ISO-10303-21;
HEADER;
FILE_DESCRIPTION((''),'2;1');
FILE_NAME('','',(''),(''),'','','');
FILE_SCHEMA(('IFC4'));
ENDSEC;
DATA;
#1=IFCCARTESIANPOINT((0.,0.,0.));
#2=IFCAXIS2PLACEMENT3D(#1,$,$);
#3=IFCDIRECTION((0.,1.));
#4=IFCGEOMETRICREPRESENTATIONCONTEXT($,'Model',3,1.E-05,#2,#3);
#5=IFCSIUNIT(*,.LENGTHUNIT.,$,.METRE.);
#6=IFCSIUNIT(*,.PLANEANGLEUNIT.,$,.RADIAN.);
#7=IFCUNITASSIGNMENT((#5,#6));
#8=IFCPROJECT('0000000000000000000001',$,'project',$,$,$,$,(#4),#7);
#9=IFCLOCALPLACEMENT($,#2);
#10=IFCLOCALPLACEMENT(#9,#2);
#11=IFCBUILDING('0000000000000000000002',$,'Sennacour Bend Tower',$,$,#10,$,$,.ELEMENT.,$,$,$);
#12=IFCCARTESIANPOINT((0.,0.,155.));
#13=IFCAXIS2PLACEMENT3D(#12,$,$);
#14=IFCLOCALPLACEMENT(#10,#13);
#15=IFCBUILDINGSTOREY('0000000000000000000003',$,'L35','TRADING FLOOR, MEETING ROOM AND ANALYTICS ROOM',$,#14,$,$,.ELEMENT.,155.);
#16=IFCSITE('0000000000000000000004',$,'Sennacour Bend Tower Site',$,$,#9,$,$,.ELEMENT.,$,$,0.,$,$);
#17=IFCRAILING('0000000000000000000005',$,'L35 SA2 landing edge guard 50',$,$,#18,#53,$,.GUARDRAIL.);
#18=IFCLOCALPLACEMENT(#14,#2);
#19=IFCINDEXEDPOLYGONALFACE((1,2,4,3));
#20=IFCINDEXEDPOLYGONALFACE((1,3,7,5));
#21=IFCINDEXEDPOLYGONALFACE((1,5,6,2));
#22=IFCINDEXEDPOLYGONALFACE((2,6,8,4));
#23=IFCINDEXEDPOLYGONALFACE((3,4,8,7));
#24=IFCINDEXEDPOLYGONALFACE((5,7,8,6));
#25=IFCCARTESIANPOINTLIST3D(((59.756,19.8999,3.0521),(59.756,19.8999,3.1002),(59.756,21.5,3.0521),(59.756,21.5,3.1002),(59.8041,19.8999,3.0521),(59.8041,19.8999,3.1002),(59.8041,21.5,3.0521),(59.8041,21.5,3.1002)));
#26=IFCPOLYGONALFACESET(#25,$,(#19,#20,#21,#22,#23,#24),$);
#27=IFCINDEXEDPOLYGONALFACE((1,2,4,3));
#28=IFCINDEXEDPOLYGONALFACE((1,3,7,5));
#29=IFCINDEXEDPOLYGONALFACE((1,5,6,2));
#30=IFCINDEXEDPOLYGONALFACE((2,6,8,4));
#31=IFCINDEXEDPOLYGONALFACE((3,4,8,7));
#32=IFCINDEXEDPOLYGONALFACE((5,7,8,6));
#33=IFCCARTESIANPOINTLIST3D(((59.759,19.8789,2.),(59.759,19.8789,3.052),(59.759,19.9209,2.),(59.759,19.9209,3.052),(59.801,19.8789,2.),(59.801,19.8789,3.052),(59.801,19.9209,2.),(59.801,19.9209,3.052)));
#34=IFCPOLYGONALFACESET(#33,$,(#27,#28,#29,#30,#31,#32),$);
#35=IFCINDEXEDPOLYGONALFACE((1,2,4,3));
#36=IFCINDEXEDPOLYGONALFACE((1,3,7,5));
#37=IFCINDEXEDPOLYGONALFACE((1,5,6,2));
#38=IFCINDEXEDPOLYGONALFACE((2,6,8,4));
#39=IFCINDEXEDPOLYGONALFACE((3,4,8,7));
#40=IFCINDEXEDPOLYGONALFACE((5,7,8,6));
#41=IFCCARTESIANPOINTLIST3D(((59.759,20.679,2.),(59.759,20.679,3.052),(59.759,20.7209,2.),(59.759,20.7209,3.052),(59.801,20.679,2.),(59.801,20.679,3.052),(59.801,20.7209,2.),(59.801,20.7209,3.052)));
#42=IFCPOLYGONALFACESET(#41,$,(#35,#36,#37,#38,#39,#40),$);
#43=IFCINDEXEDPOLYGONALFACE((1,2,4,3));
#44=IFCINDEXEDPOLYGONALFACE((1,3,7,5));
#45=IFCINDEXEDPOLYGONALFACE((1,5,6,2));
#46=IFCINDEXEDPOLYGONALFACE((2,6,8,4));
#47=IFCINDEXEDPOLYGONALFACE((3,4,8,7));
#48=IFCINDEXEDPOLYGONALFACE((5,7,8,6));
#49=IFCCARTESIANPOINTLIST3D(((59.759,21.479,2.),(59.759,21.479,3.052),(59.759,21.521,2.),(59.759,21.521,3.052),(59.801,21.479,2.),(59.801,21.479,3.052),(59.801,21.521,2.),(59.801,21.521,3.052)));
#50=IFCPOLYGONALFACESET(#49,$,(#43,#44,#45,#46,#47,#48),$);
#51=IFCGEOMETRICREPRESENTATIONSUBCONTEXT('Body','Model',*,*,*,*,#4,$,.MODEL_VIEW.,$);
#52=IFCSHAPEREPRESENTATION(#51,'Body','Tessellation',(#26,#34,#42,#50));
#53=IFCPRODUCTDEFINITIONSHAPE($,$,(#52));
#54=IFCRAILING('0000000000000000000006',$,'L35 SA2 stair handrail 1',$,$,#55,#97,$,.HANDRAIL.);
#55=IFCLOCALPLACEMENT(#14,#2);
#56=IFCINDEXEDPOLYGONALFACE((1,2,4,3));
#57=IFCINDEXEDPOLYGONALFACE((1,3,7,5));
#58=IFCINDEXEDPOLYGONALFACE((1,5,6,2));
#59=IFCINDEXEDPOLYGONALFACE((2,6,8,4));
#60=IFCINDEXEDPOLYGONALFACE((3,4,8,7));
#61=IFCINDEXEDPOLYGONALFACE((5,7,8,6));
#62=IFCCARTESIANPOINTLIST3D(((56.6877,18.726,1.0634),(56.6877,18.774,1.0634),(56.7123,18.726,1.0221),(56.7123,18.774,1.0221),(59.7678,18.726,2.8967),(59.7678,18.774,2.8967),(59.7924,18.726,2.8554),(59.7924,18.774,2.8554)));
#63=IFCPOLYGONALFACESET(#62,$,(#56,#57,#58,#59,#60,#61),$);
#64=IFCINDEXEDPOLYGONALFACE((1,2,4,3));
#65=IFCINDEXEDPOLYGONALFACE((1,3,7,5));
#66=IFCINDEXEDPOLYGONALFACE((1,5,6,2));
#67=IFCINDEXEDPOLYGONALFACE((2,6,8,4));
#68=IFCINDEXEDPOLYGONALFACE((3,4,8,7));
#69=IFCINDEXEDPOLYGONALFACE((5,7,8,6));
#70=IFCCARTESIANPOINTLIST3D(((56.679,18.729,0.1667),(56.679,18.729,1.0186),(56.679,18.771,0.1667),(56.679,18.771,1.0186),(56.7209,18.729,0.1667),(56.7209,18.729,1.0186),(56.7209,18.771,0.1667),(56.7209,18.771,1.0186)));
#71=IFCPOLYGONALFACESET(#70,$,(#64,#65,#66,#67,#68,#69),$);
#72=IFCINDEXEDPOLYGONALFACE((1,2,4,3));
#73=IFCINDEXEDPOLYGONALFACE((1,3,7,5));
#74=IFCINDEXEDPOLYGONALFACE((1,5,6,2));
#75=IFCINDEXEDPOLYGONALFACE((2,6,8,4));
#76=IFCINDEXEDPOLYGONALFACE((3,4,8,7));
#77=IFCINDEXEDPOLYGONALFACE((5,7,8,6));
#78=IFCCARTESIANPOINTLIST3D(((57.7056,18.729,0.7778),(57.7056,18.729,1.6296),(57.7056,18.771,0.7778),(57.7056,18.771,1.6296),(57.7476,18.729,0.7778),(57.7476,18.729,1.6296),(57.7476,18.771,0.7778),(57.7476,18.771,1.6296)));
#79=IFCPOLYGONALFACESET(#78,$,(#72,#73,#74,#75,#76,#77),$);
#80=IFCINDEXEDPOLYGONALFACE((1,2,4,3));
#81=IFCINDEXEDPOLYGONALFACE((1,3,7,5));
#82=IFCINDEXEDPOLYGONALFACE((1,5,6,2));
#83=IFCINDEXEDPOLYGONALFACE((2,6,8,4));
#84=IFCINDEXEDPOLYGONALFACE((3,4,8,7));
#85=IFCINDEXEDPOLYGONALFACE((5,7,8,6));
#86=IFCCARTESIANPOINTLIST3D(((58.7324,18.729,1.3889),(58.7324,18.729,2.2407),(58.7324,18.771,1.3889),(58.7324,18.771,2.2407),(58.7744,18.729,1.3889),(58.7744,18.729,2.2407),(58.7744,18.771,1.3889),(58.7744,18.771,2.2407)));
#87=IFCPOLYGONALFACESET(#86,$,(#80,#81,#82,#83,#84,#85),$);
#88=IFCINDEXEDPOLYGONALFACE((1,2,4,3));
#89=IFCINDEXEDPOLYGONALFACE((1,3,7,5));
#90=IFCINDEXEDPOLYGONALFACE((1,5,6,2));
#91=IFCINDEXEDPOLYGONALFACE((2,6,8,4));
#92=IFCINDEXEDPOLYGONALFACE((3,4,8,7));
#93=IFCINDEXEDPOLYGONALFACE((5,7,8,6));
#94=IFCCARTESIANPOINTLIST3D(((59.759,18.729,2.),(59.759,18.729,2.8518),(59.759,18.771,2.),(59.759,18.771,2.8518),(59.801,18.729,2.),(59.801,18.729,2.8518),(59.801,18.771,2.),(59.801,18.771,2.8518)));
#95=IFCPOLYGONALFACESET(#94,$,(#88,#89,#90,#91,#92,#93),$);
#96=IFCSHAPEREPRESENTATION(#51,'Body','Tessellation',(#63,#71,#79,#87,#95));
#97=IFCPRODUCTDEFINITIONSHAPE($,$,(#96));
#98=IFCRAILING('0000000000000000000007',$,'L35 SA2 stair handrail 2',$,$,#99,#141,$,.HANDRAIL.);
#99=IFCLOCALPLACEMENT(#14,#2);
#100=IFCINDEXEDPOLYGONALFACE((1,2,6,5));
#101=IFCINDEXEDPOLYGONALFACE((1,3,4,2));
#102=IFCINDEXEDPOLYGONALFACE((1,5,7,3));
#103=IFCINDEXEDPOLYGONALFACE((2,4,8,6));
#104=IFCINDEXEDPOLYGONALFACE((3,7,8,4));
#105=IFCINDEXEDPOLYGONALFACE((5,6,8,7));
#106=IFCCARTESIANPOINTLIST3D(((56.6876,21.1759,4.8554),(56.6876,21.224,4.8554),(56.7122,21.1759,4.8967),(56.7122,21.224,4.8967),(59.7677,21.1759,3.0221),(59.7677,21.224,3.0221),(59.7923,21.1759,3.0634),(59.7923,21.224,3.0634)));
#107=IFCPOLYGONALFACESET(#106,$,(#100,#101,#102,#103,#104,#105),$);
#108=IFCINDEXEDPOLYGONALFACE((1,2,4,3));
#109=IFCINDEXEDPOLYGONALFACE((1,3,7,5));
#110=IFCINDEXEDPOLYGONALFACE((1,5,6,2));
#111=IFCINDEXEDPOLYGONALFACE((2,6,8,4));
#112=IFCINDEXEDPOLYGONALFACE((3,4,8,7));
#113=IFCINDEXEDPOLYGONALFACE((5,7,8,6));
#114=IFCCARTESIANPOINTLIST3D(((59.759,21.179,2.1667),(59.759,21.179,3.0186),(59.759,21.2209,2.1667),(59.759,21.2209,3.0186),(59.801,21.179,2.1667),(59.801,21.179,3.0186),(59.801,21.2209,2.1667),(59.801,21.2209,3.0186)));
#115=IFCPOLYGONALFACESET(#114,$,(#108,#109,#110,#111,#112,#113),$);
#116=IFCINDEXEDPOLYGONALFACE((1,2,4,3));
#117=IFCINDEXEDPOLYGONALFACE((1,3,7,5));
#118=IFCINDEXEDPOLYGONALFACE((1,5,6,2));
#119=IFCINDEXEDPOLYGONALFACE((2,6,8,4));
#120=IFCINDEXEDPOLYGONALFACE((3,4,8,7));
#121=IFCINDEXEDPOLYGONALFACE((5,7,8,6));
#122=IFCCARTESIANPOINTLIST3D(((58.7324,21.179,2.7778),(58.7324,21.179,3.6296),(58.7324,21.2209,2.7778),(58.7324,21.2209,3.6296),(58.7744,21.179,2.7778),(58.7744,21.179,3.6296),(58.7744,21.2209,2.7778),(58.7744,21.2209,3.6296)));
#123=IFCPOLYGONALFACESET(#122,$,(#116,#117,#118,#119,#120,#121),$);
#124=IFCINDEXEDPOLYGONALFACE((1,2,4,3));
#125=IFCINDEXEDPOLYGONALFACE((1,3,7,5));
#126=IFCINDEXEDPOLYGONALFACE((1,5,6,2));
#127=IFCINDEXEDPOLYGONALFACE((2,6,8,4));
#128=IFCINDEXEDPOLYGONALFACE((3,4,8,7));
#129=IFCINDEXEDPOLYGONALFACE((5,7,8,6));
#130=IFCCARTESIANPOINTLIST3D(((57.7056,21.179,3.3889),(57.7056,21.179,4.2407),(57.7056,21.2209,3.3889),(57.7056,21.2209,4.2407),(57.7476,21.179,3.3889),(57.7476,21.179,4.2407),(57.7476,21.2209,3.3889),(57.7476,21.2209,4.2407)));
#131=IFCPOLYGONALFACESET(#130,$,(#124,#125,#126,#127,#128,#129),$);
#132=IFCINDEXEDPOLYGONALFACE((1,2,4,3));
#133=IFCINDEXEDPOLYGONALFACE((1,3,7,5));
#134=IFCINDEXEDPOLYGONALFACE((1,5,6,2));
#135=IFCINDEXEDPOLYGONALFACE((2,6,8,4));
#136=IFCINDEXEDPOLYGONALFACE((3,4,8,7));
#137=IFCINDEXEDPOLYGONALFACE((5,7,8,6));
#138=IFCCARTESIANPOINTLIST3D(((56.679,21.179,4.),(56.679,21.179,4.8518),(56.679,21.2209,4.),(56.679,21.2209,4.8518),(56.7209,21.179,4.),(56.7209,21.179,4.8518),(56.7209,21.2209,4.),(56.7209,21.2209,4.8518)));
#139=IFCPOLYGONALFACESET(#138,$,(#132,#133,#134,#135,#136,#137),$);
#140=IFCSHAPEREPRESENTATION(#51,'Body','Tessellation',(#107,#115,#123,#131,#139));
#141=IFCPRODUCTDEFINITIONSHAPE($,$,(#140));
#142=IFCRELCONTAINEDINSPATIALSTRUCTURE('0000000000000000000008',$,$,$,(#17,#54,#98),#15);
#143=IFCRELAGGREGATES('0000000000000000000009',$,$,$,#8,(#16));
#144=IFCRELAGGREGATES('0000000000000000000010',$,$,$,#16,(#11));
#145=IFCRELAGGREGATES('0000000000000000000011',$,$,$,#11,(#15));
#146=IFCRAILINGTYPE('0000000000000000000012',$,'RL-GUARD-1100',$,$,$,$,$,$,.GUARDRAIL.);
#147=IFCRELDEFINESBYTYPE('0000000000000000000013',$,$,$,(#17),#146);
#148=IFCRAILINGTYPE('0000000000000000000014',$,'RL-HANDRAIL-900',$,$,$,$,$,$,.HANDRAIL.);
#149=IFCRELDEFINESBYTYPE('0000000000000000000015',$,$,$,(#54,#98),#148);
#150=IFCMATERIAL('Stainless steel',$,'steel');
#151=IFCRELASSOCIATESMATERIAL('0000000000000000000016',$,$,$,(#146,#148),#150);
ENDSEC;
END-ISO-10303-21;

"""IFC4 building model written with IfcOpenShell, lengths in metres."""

from ifc_helpers import new_model, si_unit, direction, frame, origin, origin_2d, place, context, subcontext, project, spatial, rectangle, extrude, material, type_object, element, save


model = new_model("IFC4")

# Units and contexts
model_context = context("Model", 3, precision=1e-05, world=origin(), true_north=direction((0.0, 1.0)))
body_context = subcontext(model_context, "Body", "Model", "MODEL_VIEW")
ifc_project = project(units=[si_unit("LENGTHUNIT", "METRE"), si_unit("PLANEANGLEUNIT", "RADIAN")], contexts=[model_context])

# Site, building, storey
site_placement = place(None, origin())
site = spatial("IfcSite", under=ifc_project, at=site_placement, Name="Sennacour Bend Tower Site", CompositionType="ELEMENT", RefElevation=0.0)
building_placement = place(site_placement, origin())
building = spatial("IfcBuilding", under=site, at=building_placement, Name="Sennacour Bend Tower", CompositionType="ELEMENT")
storey_placement = place(building_placement, frame((0.0, 0.0, 155.0)))
storey = spatial("IfcBuildingStorey", under=building, at=storey_placement, Name="L35", Description="TRADING FLOOR, MEETING ROOM AND ANALYTICS ROOM", CompositionType="ELEMENT", Elevation=155.0)

# Shared definitions
ifc_material_1 = material(Name="Stainless steel", Category="steel")

# Railings
railing_type_1 = type_object("IfcRailingType", Name="RL-GUARD-1100", PredefinedType="GUARDRAIL", material=ifc_material_1)
railing_1_placement = place(storey_placement, frame((59.78, 19.8999, 2.0)))
element("IfcRailing", 1, at=railing_1_placement, inside=storey, type_object=railing_type_1, Name="L35 SA2 landing edge guard 50", PredefinedType="GUARDRAIL", context=body_context, shape_type="SweptSolid", body=[
    extrude(rectangle(XDim=0.0481, YDim=0.0481, at=origin_2d()), frame((0.0, 0.0, 1.0762), z_axis=(0.0, 1.0, 0.0), x_axis=(-1.0, 0.0, 0.0)), (0.0, 0.0, 1.0), 1.6001),
    extrude(rectangle(XDim=0.042, YDim=0.042, at=origin_2d()), origin(), (0.0, 0.0, 1.0), 1.052),
    extrude(rectangle(XDim=0.042, YDim=0.042, at=origin_2d()), frame((0.0, 0.8, 0.0)), (0.0, 0.0, 1.0), 1.052),
    extrude(rectangle(XDim=0.042, YDim=0.042, at=origin_2d()), frame((0.0, 1.6001, 0.0)), (0.0, 0.0, 1.0), 1.052),
])
railing_type_2 = type_object("IfcRailingType", Name="RL-HANDRAIL-900", PredefinedType="HANDRAIL", material=ifc_material_1)
railing_2_placement = place(storey_placement, frame((56.7, 18.75, 0.1667)))
element("IfcRailing", 2, at=railing_2_placement, inside=storey, type_object=railing_type_2, Name="L35 SA2 stair handrail 1", PredefinedType="HANDRAIL", context=body_context, shape_type="SweptSolid", body=[
    extrude(rectangle(XDim=0.0481, YDim=0.0481, at=origin_2d()), frame((0.0, 0.0, 0.876), z_axis=(0.859309, 0.0, 0.511458), x_axis=(0.0, 1.0, 0.0)), (0.0, 0.0, 1.0), 3.5845),
    extrude(rectangle(XDim=0.042, YDim=0.042, at=origin_2d()), origin(), (0.0, 0.0, 1.0), 0.8518),
    extrude(rectangle(XDim=0.042, YDim=0.042, at=origin_2d()), frame((1.0266, 0.0, 0.6111)), (0.0, 0.0, 1.0), 0.8518),
    extrude(rectangle(XDim=0.042, YDim=0.042, at=origin_2d()), frame((2.0535, 0.0, 1.2222)), (0.0, 0.0, 1.0), 0.8518),
    extrude(rectangle(XDim=0.042, YDim=0.042, at=origin_2d()), frame((3.0801, 0.0, 1.8333)), (0.0, 0.0, 1.0), 0.8518),
])
railing_3_placement = place(storey_placement, frame((59.78, 21.2, 2.1667)))
element("IfcRailing", 3, at=railing_3_placement, inside=storey, type_object=railing_type_2, Name="L35 SA2 stair handrail 2", PredefinedType="HANDRAIL", context=body_context, shape_type="SweptSolid", body=[
    extrude(rectangle(XDim=0.0481, YDim=0.0481, at=origin_2d()), frame((0.0, 0.0, 0.876), z_axis=(-0.859309, 0.0, 0.511458), x_axis=(0.0, -1.0, 0.0)), (0.0, 0.0, 1.0), 3.5845),
    extrude(rectangle(XDim=0.042, YDim=0.042, at=origin_2d()), origin(), (0.0, 0.0, 1.0), 0.8518),
    extrude(rectangle(XDim=0.042, YDim=0.042, at=origin_2d()), frame((-1.0266, 0.0, 0.6111)), (0.0, 0.0, 1.0), 0.8518),
    extrude(rectangle(XDim=0.042, YDim=0.042, at=origin_2d()), frame((-2.0535, 0.0, 1.2222)), (0.0, 0.0, 1.0), 0.8518),
    extrude(rectangle(XDim=0.042, YDim=0.042, at=origin_2d()), frame((-3.0801, 0.0, 1.8333)), (0.0, 0.0, 1.0), 0.8518),
])

save(model, "model.ifc")
